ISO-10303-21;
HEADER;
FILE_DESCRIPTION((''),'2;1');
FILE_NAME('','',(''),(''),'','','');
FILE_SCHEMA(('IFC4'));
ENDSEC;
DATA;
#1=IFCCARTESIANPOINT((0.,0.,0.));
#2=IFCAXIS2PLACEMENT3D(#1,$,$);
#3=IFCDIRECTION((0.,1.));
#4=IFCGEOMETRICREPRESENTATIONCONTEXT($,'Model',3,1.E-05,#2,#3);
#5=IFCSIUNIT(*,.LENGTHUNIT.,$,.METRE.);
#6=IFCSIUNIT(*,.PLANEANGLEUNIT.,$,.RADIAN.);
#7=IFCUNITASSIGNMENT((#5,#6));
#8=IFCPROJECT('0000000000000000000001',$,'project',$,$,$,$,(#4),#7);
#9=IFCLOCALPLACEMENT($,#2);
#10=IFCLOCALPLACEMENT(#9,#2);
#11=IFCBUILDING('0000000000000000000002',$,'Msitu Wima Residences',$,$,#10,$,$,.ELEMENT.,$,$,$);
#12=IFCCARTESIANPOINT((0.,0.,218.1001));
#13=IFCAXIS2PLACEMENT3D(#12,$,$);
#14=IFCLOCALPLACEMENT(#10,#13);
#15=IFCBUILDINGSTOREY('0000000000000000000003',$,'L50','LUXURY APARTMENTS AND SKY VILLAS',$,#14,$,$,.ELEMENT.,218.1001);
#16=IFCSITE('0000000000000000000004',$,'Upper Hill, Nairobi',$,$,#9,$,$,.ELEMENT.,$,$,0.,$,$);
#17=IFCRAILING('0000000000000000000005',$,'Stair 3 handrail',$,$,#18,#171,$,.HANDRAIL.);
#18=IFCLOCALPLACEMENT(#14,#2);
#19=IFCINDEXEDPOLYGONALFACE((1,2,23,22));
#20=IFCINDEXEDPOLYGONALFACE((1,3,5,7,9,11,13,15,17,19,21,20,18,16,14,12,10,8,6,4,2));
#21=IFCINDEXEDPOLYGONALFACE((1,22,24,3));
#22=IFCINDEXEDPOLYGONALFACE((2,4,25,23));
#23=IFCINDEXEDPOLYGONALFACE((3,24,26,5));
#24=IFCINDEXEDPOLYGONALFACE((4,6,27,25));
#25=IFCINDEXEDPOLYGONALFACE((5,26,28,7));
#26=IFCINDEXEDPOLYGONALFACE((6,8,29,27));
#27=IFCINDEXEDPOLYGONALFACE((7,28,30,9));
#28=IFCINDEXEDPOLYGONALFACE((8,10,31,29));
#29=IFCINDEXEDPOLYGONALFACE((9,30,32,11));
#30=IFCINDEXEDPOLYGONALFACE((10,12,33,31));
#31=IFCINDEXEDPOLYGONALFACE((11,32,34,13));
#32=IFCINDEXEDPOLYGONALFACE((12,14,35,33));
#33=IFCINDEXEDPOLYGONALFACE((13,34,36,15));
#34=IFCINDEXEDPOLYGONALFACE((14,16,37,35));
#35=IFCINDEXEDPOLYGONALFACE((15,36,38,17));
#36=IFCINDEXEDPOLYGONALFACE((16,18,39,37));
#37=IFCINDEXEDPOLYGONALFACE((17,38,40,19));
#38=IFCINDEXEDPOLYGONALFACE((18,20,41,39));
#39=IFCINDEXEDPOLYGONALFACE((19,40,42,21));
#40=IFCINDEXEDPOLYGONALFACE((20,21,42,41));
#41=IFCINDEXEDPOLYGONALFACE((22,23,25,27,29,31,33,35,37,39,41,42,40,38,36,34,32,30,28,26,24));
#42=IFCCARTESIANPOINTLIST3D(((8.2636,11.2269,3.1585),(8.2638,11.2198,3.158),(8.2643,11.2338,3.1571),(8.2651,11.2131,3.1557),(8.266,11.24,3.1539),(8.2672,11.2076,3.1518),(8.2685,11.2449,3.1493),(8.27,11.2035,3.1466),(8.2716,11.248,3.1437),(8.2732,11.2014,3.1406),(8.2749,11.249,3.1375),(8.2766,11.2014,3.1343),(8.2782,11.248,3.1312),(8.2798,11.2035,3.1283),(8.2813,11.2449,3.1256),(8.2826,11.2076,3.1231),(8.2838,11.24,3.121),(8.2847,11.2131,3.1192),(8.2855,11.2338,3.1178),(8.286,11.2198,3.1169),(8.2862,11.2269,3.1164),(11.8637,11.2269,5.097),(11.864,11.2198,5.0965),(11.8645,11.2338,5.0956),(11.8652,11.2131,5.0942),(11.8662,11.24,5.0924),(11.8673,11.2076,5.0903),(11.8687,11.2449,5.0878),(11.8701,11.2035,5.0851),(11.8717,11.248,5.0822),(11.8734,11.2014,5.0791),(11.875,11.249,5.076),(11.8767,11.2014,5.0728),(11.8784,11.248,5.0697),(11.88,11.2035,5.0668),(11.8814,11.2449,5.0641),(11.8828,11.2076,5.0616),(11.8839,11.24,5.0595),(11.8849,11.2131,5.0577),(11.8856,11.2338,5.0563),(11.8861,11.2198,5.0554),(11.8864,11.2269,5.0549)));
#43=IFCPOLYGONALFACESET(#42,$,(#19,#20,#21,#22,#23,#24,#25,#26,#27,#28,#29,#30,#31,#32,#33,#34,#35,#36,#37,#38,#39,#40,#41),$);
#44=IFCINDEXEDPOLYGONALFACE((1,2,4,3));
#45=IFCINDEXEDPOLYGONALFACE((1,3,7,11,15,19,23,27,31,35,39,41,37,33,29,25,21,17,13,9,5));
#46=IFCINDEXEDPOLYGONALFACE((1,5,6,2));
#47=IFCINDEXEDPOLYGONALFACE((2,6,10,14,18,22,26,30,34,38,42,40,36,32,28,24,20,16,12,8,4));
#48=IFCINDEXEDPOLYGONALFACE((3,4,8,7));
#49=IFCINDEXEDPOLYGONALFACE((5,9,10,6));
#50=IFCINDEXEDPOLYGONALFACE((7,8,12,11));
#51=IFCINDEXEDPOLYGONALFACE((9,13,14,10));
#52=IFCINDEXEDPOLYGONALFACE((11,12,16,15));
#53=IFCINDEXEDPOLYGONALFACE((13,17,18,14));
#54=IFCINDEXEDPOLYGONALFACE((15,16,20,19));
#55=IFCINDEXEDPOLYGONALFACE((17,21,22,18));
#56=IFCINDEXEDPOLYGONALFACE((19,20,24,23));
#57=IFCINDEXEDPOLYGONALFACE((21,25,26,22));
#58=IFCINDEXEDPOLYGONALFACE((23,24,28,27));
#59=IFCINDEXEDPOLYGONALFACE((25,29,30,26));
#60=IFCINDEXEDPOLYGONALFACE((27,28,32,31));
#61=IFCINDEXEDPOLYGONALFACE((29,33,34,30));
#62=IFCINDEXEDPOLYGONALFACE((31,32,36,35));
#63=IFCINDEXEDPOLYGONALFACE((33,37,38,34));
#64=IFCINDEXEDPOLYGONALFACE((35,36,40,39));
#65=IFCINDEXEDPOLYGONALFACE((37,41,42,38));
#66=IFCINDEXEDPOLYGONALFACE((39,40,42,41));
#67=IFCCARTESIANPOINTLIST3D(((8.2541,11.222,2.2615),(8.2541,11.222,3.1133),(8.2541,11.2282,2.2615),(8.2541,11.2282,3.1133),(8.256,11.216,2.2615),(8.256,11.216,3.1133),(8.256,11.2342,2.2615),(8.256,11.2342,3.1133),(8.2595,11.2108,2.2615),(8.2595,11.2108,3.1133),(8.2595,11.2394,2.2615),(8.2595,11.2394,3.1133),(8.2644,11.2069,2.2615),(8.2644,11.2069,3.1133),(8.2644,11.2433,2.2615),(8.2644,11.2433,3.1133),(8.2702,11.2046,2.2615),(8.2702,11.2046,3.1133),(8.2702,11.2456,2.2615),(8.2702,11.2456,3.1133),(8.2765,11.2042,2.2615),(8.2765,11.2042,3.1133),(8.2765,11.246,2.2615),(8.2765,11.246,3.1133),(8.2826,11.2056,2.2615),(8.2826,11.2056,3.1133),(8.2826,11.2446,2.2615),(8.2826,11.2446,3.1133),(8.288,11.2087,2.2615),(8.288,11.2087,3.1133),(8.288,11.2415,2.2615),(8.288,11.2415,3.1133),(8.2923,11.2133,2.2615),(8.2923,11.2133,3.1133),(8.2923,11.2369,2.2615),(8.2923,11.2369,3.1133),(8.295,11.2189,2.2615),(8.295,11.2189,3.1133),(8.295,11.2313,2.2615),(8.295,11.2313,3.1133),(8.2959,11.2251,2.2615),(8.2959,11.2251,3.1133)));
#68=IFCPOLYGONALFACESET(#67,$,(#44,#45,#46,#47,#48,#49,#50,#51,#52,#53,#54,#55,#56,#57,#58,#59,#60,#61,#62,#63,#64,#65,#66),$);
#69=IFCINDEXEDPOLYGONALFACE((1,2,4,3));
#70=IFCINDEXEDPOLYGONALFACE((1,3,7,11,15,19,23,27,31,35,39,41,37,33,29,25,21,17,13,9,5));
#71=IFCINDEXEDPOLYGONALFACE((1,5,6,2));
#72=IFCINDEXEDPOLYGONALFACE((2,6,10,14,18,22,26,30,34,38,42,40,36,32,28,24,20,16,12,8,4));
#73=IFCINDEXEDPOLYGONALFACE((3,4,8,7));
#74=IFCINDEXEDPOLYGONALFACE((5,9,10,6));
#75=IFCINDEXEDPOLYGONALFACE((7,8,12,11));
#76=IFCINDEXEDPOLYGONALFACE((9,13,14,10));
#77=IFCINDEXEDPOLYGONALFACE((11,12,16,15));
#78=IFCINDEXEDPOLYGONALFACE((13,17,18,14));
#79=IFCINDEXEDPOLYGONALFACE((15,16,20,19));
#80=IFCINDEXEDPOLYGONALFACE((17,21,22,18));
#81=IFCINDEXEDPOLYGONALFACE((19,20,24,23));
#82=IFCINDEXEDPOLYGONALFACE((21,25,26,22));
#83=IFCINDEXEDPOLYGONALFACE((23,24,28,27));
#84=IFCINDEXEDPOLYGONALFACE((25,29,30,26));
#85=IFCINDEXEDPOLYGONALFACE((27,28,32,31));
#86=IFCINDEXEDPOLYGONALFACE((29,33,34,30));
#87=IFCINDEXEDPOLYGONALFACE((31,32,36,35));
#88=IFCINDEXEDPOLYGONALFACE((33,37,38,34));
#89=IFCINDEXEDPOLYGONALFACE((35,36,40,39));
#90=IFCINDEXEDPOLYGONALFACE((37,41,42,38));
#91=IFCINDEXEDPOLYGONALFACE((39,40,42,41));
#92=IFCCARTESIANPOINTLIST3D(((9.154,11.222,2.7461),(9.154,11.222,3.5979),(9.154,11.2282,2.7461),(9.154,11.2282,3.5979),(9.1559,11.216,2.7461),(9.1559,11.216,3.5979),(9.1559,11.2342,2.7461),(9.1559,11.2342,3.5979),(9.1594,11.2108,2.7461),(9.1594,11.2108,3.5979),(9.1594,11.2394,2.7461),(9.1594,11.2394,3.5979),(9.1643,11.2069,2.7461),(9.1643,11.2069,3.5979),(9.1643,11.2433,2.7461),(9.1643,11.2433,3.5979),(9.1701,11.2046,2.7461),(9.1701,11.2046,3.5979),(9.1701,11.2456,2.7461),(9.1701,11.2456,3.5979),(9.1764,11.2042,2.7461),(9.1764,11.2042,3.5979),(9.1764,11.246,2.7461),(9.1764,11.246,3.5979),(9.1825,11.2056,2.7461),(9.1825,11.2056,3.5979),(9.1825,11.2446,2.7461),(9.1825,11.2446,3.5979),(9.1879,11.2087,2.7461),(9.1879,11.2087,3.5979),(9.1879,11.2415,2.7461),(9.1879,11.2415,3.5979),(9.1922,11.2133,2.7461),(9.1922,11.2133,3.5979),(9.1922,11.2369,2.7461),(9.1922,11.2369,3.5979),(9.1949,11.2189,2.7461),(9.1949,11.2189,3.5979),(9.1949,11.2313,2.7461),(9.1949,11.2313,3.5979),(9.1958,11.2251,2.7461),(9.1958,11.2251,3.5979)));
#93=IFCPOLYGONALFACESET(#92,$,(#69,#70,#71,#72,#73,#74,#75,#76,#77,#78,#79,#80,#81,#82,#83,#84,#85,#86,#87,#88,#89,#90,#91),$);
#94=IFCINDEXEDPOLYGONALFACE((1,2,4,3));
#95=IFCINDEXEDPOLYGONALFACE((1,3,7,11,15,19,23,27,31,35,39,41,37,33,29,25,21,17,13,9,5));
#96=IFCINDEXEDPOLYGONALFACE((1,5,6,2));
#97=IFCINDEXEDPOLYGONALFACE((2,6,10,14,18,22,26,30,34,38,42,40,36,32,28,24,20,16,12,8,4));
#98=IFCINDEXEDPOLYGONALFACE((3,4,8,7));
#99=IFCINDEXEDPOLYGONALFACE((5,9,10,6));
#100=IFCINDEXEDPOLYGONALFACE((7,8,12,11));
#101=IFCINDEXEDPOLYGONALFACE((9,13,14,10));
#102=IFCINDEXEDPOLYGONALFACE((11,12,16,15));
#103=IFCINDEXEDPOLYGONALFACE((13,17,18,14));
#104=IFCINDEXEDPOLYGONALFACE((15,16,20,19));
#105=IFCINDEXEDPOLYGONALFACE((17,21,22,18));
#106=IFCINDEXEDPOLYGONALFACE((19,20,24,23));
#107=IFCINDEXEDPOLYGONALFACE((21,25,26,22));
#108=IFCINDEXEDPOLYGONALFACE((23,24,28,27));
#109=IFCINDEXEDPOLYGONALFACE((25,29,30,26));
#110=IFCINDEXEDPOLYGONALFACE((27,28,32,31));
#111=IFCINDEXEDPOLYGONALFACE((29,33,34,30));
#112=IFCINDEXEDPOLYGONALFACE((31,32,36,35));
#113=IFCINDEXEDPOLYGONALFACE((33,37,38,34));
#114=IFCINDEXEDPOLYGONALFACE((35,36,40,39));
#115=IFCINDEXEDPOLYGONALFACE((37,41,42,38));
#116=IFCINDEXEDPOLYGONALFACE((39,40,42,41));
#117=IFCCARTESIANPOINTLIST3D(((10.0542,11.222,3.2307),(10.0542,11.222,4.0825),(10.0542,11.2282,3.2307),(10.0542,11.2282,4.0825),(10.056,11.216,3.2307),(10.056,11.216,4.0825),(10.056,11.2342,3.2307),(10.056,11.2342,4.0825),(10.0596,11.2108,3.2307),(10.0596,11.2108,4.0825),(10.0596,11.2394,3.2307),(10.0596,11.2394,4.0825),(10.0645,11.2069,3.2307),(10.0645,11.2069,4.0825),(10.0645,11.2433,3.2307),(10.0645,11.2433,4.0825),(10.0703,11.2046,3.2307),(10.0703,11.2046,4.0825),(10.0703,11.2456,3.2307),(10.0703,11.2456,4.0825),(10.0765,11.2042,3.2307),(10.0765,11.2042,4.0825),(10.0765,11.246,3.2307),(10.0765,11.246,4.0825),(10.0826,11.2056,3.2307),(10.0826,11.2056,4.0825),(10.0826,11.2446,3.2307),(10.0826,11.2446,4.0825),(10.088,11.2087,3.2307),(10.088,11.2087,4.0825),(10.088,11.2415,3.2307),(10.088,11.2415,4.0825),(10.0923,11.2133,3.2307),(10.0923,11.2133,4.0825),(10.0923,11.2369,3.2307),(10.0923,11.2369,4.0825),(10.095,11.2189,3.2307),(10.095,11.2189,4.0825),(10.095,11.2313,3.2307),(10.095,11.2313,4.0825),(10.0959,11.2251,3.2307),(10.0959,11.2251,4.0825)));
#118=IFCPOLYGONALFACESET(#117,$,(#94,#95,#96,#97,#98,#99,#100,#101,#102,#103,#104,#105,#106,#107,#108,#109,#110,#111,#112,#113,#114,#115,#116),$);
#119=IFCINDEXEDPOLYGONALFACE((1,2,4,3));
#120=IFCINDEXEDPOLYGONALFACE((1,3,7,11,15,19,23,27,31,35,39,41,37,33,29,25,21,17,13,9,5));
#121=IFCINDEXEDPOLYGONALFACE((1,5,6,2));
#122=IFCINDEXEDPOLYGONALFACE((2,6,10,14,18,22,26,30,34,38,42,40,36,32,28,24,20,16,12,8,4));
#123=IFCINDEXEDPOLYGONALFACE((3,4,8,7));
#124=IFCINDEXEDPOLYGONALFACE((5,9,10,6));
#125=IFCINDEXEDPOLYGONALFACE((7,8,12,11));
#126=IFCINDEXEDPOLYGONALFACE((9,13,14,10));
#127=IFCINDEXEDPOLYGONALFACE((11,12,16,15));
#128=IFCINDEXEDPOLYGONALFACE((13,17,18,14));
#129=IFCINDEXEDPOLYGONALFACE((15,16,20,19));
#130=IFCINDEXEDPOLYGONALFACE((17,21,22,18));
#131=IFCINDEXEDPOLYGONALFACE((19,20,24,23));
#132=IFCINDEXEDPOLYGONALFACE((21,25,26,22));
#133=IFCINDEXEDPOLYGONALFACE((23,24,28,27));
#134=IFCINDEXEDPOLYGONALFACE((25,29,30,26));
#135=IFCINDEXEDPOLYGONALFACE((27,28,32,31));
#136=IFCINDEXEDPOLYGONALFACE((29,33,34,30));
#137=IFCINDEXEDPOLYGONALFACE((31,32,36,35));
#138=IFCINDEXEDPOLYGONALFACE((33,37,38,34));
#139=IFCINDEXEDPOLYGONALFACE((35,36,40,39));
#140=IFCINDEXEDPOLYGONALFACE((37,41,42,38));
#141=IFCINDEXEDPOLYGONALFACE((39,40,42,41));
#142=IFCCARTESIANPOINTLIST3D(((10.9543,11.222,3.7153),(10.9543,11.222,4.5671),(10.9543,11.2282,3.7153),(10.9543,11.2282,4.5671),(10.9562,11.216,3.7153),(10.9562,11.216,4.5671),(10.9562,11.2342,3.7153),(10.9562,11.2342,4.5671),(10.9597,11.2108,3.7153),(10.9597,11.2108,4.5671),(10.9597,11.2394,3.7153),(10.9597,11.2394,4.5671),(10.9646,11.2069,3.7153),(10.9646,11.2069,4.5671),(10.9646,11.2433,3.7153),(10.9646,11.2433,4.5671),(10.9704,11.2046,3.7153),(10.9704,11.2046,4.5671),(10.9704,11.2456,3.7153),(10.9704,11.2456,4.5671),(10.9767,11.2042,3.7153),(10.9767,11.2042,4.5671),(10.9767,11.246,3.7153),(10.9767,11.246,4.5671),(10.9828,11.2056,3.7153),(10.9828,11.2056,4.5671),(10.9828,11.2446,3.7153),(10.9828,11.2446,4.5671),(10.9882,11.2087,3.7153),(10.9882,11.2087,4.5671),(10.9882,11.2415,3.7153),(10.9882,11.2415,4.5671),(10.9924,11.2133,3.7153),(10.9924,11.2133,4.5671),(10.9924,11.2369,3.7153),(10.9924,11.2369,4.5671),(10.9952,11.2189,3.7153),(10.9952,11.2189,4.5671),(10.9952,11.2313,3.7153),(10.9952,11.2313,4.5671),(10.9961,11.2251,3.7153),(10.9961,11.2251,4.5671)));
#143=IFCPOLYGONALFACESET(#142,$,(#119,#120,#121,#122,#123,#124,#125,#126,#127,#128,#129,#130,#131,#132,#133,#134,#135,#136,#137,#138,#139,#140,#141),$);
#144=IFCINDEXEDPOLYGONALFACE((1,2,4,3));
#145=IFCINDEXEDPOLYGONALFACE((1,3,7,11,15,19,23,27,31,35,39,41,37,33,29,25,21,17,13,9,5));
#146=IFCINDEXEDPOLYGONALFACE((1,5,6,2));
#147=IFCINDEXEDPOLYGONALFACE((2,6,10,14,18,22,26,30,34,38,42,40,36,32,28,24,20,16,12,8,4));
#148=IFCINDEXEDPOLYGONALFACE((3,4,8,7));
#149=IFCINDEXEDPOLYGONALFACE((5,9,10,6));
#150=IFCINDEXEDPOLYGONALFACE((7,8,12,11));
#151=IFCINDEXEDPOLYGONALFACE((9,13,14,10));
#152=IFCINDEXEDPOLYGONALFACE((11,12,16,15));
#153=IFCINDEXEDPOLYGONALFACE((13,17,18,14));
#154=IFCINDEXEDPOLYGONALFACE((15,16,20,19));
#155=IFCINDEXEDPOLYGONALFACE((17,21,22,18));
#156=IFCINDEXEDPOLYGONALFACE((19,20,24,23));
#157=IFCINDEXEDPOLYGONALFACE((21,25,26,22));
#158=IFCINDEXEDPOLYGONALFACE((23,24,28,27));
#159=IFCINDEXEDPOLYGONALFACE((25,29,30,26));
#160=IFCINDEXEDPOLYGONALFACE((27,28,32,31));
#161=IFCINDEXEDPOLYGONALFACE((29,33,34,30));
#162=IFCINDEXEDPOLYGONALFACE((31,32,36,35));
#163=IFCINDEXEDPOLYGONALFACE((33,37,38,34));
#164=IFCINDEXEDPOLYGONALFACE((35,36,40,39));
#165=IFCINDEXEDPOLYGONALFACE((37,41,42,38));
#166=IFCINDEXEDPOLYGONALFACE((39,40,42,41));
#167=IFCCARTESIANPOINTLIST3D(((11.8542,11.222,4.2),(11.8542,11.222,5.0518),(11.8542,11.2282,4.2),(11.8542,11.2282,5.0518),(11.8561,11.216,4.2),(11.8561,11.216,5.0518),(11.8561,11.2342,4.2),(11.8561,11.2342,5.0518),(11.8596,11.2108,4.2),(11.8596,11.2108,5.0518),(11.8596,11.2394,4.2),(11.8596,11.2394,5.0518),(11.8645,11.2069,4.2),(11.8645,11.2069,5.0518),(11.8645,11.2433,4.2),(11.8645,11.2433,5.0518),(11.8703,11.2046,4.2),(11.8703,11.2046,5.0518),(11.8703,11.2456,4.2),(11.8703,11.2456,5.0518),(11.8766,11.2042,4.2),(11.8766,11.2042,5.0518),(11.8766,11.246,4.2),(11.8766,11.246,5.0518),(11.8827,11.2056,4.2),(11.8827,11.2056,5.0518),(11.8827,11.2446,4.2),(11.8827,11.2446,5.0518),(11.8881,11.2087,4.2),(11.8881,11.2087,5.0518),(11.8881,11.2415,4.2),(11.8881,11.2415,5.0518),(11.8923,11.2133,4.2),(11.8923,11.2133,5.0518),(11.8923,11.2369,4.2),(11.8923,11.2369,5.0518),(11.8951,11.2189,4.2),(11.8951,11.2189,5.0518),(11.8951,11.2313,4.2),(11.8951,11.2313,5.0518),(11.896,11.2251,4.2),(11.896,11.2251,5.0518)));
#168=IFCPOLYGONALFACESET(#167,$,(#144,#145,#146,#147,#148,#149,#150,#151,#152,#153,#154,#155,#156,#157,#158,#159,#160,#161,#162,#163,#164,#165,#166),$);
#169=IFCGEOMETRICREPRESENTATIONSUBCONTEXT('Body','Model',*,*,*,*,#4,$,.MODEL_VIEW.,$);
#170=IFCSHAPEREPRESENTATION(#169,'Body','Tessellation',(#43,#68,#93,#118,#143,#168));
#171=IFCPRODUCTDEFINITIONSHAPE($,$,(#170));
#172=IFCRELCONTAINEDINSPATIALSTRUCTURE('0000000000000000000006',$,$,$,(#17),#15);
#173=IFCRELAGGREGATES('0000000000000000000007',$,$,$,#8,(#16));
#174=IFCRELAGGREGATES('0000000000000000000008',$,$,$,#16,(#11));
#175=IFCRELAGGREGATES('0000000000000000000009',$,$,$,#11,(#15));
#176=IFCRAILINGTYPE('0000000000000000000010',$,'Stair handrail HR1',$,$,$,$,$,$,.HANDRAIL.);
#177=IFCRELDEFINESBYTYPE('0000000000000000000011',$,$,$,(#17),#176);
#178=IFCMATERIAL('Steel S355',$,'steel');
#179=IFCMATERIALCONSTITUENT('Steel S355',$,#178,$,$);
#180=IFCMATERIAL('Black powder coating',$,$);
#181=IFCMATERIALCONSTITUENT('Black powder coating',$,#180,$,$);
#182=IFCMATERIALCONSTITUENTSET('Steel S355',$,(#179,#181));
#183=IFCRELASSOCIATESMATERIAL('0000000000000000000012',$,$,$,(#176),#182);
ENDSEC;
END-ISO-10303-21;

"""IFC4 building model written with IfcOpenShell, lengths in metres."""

from ifc_helpers import new_model, si_unit, direction, frame, origin, origin_2d, place, context, subcontext, project, spatial, circle, extrude, material, constituent, constituent_set, type_object, element, save


model = new_model("IFC4")

# Units and contexts
model_context = context("Model", 3, precision=1e-05, world=origin(), true_north=direction((0.0, 1.0)))
body_context = subcontext(model_context, "Body", "Model", "MODEL_VIEW")
ifc_project = project(units=[si_unit("LENGTHUNIT", "METRE"), si_unit("PLANEANGLEUNIT", "RADIAN")], contexts=[model_context])

# Site, building, storey
site_placement = place(None, origin())
site = spatial("IfcSite", under=ifc_project, at=site_placement, Name="Upper Hill, Nairobi", CompositionType="ELEMENT", RefElevation=0.0)
building_placement = place(site_placement, origin())
building = spatial("IfcBuilding", under=site, at=building_placement, Name="Msitu Wima Residences", CompositionType="ELEMENT")
storey_placement = place(building_placement, frame((0.0, 0.0, 218.1001)))
storey = spatial("IfcBuildingStorey", under=building, at=storey_placement, Name="L50", Description="LUXURY APARTMENTS AND SKY VILLAS", CompositionType="ELEMENT", Elevation=218.1001)

# Railing
ifc_material_1 = material(Name="Steel S355", Category="steel")
ifc_constituent_1 = constituent(ifc_material_1, Name="Steel S355")
ifc_material_2 = material(Name="Black powder coating")
ifc_constituent_2 = constituent(ifc_material_2, Name="Black powder coating")
ifc_constituent_set = constituent_set(constituents=[ifc_constituent_1, ifc_constituent_2], Name="Steel S355")
railing_type = type_object("IfcRailingType", Name="Stair handrail HR1", PredefinedType="HANDRAIL", material=ifc_constituent_set)
for number, where, name in (
    (1, (8.2749, 11.2251, 2.2615), "Stair 3 handrail"),
):
    element("IfcRailing", number, at=place(storey_placement, frame(where)), inside=storey, type_object=railing_type, Name=name, PredefinedType="HANDRAIL", context=body_context, shape_type="SweptSolid", body=[
        extrude(circle(Radius=0.0239, at=origin_2d()), frame((0.0, 0.0, 0.876), z_axis=(0.880475, 0.0, 0.474093), x_axis=(0.0, 1.0, 0.0)), (0.0, 0.0, 1.0), 4.0889),
        extrude(circle(Radius=0.021, at=origin_2d()), origin(), (0.0, 0.0, 1.0), 0.8518),
        extrude(circle(Radius=0.021, at=origin_2d()), frame((0.8999, 0.0, 0.4846)), (0.0, 0.0, 1.0), 0.8518),
        extrude(circle(Radius=0.021, at=origin_2d()), frame((1.8, 0.0, 0.9692)), (0.0, 0.0, 1.0), 0.8518),
        extrude(circle(Radius=0.021, at=origin_2d()), frame((2.7002, 0.0, 1.4539)), (0.0, 0.0, 1.0), 0.8518),
        extrude(circle(Radius=0.021, at=origin_2d()), frame((3.6001, 0.0, 1.9385)), (0.0, 0.0, 1.0), 0.8518),
    ])

save(model, "model.ifc")
